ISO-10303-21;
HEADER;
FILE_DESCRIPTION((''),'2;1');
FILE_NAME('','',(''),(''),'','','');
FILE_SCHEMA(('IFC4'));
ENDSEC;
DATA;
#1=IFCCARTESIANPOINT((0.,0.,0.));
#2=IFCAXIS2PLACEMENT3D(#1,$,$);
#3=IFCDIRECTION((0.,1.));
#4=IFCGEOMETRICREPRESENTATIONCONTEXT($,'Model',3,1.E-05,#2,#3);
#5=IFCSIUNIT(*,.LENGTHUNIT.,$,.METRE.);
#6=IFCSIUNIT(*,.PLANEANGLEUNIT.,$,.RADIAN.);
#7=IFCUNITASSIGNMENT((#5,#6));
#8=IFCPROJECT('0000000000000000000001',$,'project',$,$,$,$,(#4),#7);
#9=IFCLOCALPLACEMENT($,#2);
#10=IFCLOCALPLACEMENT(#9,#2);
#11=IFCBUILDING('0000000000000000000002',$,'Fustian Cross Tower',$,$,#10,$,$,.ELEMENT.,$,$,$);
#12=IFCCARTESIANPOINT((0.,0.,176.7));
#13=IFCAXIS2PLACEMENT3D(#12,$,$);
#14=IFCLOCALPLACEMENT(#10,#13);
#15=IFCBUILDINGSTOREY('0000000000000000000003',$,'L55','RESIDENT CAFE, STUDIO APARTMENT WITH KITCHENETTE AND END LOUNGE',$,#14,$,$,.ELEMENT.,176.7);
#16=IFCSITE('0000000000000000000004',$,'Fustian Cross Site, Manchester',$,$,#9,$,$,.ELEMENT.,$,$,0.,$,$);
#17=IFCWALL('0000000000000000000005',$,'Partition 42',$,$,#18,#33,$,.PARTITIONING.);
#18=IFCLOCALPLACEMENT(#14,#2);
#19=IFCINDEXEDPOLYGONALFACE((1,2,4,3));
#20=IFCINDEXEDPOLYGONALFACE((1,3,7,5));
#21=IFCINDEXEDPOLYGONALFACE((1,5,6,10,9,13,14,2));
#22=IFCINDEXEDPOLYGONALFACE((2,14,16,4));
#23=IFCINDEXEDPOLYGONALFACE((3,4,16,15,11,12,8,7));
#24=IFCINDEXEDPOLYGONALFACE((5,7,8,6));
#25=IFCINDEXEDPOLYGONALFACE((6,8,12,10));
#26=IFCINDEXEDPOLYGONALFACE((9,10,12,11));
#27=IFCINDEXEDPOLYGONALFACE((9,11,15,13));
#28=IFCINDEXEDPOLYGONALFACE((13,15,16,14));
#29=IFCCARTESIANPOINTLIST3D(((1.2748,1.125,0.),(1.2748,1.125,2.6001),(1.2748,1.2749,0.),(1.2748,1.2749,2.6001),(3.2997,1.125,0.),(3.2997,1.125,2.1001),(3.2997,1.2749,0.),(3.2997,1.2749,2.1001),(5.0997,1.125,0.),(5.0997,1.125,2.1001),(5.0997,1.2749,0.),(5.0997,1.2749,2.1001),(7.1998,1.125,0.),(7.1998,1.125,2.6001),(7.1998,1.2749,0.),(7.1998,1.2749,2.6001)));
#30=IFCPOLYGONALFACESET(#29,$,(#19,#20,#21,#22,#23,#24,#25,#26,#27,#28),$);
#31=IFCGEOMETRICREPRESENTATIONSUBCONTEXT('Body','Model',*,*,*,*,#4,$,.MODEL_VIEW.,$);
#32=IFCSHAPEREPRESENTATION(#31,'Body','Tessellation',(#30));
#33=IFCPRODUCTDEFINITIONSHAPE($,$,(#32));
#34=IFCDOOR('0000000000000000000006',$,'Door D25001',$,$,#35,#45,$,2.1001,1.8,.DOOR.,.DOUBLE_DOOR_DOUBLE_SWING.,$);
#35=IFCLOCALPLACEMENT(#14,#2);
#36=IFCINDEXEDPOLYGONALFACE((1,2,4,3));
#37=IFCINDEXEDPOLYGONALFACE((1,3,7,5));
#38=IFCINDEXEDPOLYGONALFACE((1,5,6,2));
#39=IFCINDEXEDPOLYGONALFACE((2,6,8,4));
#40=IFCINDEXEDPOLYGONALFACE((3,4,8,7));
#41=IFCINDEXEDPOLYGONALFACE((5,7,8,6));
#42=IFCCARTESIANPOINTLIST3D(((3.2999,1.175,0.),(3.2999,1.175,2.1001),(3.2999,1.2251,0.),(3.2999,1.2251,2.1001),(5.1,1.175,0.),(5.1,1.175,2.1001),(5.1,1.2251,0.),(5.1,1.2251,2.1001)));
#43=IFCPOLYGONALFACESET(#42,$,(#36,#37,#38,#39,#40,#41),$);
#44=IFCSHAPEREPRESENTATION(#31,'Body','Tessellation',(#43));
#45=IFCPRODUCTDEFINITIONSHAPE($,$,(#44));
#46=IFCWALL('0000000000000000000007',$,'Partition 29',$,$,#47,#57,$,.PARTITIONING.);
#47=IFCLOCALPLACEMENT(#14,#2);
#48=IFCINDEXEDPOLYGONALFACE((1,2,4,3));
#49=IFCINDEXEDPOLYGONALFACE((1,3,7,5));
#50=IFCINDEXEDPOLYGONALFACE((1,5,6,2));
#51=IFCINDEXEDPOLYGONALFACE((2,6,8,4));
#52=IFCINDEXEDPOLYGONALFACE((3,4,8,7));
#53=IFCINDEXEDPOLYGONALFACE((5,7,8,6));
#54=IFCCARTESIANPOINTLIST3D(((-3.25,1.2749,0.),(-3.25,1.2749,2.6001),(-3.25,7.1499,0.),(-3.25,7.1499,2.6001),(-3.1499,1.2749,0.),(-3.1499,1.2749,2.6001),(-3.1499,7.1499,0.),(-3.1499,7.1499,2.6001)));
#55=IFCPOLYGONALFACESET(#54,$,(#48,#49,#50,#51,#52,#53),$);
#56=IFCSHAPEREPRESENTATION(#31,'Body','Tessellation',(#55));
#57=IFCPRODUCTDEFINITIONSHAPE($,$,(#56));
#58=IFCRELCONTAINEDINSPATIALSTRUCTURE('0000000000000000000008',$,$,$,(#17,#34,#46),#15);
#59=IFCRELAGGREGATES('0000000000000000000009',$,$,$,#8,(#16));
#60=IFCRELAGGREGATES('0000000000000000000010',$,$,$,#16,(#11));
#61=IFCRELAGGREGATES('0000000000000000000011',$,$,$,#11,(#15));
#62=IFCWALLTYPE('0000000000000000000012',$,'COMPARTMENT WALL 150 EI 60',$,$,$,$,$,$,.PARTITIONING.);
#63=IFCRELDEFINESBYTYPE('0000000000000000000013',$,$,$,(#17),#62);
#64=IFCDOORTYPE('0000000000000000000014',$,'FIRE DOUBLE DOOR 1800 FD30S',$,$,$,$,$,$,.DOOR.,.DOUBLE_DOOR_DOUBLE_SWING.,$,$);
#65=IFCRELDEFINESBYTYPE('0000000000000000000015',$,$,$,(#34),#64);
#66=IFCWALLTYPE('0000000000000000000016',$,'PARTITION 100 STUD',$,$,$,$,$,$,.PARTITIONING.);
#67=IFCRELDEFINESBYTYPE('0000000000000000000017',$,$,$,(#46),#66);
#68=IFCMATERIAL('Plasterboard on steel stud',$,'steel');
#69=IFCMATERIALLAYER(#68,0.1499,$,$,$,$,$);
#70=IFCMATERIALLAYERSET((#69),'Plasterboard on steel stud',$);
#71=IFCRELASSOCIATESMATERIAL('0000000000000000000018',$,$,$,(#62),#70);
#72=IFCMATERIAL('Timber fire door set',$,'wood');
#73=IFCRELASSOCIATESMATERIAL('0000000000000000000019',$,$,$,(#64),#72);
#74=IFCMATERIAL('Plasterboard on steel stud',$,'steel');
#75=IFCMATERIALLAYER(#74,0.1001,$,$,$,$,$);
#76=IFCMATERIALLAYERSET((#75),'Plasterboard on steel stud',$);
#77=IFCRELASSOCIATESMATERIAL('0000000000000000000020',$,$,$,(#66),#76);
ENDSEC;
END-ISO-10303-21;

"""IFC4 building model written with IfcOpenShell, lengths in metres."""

from ifc_helpers import new_model, si_unit, direction, frame, frame_2d, origin, place, context, subcontext, project, spatial, rectangle, extrude, material, layer, layer_set, type_object, element, fill, save


model = new_model("IFC4")

# Units and contexts
model_context = context("Model", 3, precision=1e-05, world=origin(), true_north=direction((0.0, 1.0)))
body_context = subcontext(model_context, "Body", "Model", "MODEL_VIEW")
ifc_project = project(units=[si_unit("LENGTHUNIT", "METRE"), si_unit("PLANEANGLEUNIT", "RADIAN")], contexts=[model_context])

# Site, building, storey
site_placement = place(None, origin())
site = spatial("IfcSite", under=ifc_project, at=site_placement, Name="Fustian Cross Site, Manchester", CompositionType="ELEMENT", RefElevation=0.0)
building_placement = place(site_placement, origin())
building = spatial("IfcBuilding", under=site, at=building_placement, Name="Fustian Cross Tower", CompositionType="ELEMENT")
storey_placement = place(building_placement, frame((0.0, 0.0, 176.7)))
storey = spatial("IfcBuildingStorey", under=building, at=storey_placement, Name="L55", Description="RESIDENT CAFE, STUDIO APARTMENT WITH KITCHENETTE AND END LOUNGE", CompositionType="ELEMENT", Elevation=176.7)

# Shared definitions
ifc_material_1 = material(Name="Plasterboard on steel stud", Category="steel")
ifc_layer_1 = layer(ifc_material_1, 0.1499)
ifc_layer_set_1 = layer_set([ifc_layer_1], Name="Plasterboard on steel stud")
wall_type_1 = type_object("IfcWallType", Name="COMPARTMENT WALL 150 EI 60", PredefinedType="PARTITIONING", material=ifc_layer_set_1)

# Wall, opening, door
wall_1_placement = place(storey_placement, frame((1.2749, 1.2, 0.0), z_axis=(0.0, 0.0, 1.0), x_axis=(1.0, 0.0, 0.0)))
wall_1 = element("IfcWall", 1, at=wall_1_placement, inside=storey, type_object=wall_type_1, Name="Partition 42", PredefinedType="PARTITIONING", context=body_context, shape_type="SweptSolid", body=[
    extrude(rectangle(XDim=5.925, YDim=0.1499, at=frame_2d((2.9624, 0.0))), origin(), (0.0, 0.0, 1.0), 2.6001),
])
opening_1_placement = place(wall_1_placement, frame((2.0249, 0.0, 0.0)))
opening_1 = element("IfcOpeningElement", 2, at=opening_1_placement, cuts=wall_1, PredefinedType="OPENING", context=body_context, shape_type="SweptSolid", body=[
    extrude(rectangle(XDim=1.8, YDim=2.1001, at=frame_2d((0.8999, 1.05))), frame((0.0, 0.085, 0.0), z_axis=(0.0, -1.0, 0.0), x_axis=(1.0, 0.0, 0.0)), (0.0, 0.0, 1.0), 0.1699),
])
ifc_material_2 = material(Name="Timber fire door set", Category="wood")
door_type_1 = type_object("IfcDoorType", Name="FIRE DOUBLE DOOR 1800 FD30S", OperationType="DOUBLE_DOOR_DOUBLE_SWING", PredefinedType="DOOR", material=ifc_material_2)
door_1_placement = place(opening_1_placement, frame((1.8, 0.0, 0.0), z_axis=(0.0, 0.0, 1.0), x_axis=(-1.0, 0.0, 0.0)))
door_1 = element("IfcDoor", 3, at=door_1_placement, inside=storey, type_object=door_type_1, Name="Door D25001", OperationType="DOUBLE_DOOR_DOUBLE_SWING", OverallHeight=2.1001, OverallWidth=1.8, PredefinedType="DOOR", context=body_context, shape_type="SweptSolid", body=[
    extrude(rectangle(XDim=1.8, YDim=2.1001, at=frame_2d((0.8999, 1.05))), frame((0.0, 0.0249, 0.0), z_axis=(0.0, -1.0, 0.0), x_axis=(1.0, 0.0, 0.0)), (0.0, 0.0, 1.0), 0.05),
])
fill(opening_1, door_1)

# Wall
ifc_material_3 = material(Name="Plasterboard on steel stud", Category="steel")
ifc_layer_2 = layer(ifc_material_3, 0.1001)
ifc_layer_set_2 = layer_set([ifc_layer_2], Name="Plasterboard on steel stud")
wall_type_2 = type_object("IfcWallType", Name="PARTITION 100 STUD", PredefinedType="PARTITIONING", material=ifc_layer_set_2)
wall_2_placement = place(storey_placement, frame((-3.2, 1.2749, 0.0), z_axis=(0.0, 0.0, 1.0), x_axis=(0.0, 1.0, 0.0)))
element("IfcWall", 4, at=wall_2_placement, inside=storey, type_object=wall_type_2, Name="Partition 29", PredefinedType="PARTITIONING", context=body_context, shape_type="SweptSolid", body=[
    extrude(rectangle(XDim=5.875, YDim=0.1001, at=frame_2d((2.9375, 0.0))), origin(), (0.0, 0.0, 1.0), 2.6001),
])

save(model, "model.ifc")
